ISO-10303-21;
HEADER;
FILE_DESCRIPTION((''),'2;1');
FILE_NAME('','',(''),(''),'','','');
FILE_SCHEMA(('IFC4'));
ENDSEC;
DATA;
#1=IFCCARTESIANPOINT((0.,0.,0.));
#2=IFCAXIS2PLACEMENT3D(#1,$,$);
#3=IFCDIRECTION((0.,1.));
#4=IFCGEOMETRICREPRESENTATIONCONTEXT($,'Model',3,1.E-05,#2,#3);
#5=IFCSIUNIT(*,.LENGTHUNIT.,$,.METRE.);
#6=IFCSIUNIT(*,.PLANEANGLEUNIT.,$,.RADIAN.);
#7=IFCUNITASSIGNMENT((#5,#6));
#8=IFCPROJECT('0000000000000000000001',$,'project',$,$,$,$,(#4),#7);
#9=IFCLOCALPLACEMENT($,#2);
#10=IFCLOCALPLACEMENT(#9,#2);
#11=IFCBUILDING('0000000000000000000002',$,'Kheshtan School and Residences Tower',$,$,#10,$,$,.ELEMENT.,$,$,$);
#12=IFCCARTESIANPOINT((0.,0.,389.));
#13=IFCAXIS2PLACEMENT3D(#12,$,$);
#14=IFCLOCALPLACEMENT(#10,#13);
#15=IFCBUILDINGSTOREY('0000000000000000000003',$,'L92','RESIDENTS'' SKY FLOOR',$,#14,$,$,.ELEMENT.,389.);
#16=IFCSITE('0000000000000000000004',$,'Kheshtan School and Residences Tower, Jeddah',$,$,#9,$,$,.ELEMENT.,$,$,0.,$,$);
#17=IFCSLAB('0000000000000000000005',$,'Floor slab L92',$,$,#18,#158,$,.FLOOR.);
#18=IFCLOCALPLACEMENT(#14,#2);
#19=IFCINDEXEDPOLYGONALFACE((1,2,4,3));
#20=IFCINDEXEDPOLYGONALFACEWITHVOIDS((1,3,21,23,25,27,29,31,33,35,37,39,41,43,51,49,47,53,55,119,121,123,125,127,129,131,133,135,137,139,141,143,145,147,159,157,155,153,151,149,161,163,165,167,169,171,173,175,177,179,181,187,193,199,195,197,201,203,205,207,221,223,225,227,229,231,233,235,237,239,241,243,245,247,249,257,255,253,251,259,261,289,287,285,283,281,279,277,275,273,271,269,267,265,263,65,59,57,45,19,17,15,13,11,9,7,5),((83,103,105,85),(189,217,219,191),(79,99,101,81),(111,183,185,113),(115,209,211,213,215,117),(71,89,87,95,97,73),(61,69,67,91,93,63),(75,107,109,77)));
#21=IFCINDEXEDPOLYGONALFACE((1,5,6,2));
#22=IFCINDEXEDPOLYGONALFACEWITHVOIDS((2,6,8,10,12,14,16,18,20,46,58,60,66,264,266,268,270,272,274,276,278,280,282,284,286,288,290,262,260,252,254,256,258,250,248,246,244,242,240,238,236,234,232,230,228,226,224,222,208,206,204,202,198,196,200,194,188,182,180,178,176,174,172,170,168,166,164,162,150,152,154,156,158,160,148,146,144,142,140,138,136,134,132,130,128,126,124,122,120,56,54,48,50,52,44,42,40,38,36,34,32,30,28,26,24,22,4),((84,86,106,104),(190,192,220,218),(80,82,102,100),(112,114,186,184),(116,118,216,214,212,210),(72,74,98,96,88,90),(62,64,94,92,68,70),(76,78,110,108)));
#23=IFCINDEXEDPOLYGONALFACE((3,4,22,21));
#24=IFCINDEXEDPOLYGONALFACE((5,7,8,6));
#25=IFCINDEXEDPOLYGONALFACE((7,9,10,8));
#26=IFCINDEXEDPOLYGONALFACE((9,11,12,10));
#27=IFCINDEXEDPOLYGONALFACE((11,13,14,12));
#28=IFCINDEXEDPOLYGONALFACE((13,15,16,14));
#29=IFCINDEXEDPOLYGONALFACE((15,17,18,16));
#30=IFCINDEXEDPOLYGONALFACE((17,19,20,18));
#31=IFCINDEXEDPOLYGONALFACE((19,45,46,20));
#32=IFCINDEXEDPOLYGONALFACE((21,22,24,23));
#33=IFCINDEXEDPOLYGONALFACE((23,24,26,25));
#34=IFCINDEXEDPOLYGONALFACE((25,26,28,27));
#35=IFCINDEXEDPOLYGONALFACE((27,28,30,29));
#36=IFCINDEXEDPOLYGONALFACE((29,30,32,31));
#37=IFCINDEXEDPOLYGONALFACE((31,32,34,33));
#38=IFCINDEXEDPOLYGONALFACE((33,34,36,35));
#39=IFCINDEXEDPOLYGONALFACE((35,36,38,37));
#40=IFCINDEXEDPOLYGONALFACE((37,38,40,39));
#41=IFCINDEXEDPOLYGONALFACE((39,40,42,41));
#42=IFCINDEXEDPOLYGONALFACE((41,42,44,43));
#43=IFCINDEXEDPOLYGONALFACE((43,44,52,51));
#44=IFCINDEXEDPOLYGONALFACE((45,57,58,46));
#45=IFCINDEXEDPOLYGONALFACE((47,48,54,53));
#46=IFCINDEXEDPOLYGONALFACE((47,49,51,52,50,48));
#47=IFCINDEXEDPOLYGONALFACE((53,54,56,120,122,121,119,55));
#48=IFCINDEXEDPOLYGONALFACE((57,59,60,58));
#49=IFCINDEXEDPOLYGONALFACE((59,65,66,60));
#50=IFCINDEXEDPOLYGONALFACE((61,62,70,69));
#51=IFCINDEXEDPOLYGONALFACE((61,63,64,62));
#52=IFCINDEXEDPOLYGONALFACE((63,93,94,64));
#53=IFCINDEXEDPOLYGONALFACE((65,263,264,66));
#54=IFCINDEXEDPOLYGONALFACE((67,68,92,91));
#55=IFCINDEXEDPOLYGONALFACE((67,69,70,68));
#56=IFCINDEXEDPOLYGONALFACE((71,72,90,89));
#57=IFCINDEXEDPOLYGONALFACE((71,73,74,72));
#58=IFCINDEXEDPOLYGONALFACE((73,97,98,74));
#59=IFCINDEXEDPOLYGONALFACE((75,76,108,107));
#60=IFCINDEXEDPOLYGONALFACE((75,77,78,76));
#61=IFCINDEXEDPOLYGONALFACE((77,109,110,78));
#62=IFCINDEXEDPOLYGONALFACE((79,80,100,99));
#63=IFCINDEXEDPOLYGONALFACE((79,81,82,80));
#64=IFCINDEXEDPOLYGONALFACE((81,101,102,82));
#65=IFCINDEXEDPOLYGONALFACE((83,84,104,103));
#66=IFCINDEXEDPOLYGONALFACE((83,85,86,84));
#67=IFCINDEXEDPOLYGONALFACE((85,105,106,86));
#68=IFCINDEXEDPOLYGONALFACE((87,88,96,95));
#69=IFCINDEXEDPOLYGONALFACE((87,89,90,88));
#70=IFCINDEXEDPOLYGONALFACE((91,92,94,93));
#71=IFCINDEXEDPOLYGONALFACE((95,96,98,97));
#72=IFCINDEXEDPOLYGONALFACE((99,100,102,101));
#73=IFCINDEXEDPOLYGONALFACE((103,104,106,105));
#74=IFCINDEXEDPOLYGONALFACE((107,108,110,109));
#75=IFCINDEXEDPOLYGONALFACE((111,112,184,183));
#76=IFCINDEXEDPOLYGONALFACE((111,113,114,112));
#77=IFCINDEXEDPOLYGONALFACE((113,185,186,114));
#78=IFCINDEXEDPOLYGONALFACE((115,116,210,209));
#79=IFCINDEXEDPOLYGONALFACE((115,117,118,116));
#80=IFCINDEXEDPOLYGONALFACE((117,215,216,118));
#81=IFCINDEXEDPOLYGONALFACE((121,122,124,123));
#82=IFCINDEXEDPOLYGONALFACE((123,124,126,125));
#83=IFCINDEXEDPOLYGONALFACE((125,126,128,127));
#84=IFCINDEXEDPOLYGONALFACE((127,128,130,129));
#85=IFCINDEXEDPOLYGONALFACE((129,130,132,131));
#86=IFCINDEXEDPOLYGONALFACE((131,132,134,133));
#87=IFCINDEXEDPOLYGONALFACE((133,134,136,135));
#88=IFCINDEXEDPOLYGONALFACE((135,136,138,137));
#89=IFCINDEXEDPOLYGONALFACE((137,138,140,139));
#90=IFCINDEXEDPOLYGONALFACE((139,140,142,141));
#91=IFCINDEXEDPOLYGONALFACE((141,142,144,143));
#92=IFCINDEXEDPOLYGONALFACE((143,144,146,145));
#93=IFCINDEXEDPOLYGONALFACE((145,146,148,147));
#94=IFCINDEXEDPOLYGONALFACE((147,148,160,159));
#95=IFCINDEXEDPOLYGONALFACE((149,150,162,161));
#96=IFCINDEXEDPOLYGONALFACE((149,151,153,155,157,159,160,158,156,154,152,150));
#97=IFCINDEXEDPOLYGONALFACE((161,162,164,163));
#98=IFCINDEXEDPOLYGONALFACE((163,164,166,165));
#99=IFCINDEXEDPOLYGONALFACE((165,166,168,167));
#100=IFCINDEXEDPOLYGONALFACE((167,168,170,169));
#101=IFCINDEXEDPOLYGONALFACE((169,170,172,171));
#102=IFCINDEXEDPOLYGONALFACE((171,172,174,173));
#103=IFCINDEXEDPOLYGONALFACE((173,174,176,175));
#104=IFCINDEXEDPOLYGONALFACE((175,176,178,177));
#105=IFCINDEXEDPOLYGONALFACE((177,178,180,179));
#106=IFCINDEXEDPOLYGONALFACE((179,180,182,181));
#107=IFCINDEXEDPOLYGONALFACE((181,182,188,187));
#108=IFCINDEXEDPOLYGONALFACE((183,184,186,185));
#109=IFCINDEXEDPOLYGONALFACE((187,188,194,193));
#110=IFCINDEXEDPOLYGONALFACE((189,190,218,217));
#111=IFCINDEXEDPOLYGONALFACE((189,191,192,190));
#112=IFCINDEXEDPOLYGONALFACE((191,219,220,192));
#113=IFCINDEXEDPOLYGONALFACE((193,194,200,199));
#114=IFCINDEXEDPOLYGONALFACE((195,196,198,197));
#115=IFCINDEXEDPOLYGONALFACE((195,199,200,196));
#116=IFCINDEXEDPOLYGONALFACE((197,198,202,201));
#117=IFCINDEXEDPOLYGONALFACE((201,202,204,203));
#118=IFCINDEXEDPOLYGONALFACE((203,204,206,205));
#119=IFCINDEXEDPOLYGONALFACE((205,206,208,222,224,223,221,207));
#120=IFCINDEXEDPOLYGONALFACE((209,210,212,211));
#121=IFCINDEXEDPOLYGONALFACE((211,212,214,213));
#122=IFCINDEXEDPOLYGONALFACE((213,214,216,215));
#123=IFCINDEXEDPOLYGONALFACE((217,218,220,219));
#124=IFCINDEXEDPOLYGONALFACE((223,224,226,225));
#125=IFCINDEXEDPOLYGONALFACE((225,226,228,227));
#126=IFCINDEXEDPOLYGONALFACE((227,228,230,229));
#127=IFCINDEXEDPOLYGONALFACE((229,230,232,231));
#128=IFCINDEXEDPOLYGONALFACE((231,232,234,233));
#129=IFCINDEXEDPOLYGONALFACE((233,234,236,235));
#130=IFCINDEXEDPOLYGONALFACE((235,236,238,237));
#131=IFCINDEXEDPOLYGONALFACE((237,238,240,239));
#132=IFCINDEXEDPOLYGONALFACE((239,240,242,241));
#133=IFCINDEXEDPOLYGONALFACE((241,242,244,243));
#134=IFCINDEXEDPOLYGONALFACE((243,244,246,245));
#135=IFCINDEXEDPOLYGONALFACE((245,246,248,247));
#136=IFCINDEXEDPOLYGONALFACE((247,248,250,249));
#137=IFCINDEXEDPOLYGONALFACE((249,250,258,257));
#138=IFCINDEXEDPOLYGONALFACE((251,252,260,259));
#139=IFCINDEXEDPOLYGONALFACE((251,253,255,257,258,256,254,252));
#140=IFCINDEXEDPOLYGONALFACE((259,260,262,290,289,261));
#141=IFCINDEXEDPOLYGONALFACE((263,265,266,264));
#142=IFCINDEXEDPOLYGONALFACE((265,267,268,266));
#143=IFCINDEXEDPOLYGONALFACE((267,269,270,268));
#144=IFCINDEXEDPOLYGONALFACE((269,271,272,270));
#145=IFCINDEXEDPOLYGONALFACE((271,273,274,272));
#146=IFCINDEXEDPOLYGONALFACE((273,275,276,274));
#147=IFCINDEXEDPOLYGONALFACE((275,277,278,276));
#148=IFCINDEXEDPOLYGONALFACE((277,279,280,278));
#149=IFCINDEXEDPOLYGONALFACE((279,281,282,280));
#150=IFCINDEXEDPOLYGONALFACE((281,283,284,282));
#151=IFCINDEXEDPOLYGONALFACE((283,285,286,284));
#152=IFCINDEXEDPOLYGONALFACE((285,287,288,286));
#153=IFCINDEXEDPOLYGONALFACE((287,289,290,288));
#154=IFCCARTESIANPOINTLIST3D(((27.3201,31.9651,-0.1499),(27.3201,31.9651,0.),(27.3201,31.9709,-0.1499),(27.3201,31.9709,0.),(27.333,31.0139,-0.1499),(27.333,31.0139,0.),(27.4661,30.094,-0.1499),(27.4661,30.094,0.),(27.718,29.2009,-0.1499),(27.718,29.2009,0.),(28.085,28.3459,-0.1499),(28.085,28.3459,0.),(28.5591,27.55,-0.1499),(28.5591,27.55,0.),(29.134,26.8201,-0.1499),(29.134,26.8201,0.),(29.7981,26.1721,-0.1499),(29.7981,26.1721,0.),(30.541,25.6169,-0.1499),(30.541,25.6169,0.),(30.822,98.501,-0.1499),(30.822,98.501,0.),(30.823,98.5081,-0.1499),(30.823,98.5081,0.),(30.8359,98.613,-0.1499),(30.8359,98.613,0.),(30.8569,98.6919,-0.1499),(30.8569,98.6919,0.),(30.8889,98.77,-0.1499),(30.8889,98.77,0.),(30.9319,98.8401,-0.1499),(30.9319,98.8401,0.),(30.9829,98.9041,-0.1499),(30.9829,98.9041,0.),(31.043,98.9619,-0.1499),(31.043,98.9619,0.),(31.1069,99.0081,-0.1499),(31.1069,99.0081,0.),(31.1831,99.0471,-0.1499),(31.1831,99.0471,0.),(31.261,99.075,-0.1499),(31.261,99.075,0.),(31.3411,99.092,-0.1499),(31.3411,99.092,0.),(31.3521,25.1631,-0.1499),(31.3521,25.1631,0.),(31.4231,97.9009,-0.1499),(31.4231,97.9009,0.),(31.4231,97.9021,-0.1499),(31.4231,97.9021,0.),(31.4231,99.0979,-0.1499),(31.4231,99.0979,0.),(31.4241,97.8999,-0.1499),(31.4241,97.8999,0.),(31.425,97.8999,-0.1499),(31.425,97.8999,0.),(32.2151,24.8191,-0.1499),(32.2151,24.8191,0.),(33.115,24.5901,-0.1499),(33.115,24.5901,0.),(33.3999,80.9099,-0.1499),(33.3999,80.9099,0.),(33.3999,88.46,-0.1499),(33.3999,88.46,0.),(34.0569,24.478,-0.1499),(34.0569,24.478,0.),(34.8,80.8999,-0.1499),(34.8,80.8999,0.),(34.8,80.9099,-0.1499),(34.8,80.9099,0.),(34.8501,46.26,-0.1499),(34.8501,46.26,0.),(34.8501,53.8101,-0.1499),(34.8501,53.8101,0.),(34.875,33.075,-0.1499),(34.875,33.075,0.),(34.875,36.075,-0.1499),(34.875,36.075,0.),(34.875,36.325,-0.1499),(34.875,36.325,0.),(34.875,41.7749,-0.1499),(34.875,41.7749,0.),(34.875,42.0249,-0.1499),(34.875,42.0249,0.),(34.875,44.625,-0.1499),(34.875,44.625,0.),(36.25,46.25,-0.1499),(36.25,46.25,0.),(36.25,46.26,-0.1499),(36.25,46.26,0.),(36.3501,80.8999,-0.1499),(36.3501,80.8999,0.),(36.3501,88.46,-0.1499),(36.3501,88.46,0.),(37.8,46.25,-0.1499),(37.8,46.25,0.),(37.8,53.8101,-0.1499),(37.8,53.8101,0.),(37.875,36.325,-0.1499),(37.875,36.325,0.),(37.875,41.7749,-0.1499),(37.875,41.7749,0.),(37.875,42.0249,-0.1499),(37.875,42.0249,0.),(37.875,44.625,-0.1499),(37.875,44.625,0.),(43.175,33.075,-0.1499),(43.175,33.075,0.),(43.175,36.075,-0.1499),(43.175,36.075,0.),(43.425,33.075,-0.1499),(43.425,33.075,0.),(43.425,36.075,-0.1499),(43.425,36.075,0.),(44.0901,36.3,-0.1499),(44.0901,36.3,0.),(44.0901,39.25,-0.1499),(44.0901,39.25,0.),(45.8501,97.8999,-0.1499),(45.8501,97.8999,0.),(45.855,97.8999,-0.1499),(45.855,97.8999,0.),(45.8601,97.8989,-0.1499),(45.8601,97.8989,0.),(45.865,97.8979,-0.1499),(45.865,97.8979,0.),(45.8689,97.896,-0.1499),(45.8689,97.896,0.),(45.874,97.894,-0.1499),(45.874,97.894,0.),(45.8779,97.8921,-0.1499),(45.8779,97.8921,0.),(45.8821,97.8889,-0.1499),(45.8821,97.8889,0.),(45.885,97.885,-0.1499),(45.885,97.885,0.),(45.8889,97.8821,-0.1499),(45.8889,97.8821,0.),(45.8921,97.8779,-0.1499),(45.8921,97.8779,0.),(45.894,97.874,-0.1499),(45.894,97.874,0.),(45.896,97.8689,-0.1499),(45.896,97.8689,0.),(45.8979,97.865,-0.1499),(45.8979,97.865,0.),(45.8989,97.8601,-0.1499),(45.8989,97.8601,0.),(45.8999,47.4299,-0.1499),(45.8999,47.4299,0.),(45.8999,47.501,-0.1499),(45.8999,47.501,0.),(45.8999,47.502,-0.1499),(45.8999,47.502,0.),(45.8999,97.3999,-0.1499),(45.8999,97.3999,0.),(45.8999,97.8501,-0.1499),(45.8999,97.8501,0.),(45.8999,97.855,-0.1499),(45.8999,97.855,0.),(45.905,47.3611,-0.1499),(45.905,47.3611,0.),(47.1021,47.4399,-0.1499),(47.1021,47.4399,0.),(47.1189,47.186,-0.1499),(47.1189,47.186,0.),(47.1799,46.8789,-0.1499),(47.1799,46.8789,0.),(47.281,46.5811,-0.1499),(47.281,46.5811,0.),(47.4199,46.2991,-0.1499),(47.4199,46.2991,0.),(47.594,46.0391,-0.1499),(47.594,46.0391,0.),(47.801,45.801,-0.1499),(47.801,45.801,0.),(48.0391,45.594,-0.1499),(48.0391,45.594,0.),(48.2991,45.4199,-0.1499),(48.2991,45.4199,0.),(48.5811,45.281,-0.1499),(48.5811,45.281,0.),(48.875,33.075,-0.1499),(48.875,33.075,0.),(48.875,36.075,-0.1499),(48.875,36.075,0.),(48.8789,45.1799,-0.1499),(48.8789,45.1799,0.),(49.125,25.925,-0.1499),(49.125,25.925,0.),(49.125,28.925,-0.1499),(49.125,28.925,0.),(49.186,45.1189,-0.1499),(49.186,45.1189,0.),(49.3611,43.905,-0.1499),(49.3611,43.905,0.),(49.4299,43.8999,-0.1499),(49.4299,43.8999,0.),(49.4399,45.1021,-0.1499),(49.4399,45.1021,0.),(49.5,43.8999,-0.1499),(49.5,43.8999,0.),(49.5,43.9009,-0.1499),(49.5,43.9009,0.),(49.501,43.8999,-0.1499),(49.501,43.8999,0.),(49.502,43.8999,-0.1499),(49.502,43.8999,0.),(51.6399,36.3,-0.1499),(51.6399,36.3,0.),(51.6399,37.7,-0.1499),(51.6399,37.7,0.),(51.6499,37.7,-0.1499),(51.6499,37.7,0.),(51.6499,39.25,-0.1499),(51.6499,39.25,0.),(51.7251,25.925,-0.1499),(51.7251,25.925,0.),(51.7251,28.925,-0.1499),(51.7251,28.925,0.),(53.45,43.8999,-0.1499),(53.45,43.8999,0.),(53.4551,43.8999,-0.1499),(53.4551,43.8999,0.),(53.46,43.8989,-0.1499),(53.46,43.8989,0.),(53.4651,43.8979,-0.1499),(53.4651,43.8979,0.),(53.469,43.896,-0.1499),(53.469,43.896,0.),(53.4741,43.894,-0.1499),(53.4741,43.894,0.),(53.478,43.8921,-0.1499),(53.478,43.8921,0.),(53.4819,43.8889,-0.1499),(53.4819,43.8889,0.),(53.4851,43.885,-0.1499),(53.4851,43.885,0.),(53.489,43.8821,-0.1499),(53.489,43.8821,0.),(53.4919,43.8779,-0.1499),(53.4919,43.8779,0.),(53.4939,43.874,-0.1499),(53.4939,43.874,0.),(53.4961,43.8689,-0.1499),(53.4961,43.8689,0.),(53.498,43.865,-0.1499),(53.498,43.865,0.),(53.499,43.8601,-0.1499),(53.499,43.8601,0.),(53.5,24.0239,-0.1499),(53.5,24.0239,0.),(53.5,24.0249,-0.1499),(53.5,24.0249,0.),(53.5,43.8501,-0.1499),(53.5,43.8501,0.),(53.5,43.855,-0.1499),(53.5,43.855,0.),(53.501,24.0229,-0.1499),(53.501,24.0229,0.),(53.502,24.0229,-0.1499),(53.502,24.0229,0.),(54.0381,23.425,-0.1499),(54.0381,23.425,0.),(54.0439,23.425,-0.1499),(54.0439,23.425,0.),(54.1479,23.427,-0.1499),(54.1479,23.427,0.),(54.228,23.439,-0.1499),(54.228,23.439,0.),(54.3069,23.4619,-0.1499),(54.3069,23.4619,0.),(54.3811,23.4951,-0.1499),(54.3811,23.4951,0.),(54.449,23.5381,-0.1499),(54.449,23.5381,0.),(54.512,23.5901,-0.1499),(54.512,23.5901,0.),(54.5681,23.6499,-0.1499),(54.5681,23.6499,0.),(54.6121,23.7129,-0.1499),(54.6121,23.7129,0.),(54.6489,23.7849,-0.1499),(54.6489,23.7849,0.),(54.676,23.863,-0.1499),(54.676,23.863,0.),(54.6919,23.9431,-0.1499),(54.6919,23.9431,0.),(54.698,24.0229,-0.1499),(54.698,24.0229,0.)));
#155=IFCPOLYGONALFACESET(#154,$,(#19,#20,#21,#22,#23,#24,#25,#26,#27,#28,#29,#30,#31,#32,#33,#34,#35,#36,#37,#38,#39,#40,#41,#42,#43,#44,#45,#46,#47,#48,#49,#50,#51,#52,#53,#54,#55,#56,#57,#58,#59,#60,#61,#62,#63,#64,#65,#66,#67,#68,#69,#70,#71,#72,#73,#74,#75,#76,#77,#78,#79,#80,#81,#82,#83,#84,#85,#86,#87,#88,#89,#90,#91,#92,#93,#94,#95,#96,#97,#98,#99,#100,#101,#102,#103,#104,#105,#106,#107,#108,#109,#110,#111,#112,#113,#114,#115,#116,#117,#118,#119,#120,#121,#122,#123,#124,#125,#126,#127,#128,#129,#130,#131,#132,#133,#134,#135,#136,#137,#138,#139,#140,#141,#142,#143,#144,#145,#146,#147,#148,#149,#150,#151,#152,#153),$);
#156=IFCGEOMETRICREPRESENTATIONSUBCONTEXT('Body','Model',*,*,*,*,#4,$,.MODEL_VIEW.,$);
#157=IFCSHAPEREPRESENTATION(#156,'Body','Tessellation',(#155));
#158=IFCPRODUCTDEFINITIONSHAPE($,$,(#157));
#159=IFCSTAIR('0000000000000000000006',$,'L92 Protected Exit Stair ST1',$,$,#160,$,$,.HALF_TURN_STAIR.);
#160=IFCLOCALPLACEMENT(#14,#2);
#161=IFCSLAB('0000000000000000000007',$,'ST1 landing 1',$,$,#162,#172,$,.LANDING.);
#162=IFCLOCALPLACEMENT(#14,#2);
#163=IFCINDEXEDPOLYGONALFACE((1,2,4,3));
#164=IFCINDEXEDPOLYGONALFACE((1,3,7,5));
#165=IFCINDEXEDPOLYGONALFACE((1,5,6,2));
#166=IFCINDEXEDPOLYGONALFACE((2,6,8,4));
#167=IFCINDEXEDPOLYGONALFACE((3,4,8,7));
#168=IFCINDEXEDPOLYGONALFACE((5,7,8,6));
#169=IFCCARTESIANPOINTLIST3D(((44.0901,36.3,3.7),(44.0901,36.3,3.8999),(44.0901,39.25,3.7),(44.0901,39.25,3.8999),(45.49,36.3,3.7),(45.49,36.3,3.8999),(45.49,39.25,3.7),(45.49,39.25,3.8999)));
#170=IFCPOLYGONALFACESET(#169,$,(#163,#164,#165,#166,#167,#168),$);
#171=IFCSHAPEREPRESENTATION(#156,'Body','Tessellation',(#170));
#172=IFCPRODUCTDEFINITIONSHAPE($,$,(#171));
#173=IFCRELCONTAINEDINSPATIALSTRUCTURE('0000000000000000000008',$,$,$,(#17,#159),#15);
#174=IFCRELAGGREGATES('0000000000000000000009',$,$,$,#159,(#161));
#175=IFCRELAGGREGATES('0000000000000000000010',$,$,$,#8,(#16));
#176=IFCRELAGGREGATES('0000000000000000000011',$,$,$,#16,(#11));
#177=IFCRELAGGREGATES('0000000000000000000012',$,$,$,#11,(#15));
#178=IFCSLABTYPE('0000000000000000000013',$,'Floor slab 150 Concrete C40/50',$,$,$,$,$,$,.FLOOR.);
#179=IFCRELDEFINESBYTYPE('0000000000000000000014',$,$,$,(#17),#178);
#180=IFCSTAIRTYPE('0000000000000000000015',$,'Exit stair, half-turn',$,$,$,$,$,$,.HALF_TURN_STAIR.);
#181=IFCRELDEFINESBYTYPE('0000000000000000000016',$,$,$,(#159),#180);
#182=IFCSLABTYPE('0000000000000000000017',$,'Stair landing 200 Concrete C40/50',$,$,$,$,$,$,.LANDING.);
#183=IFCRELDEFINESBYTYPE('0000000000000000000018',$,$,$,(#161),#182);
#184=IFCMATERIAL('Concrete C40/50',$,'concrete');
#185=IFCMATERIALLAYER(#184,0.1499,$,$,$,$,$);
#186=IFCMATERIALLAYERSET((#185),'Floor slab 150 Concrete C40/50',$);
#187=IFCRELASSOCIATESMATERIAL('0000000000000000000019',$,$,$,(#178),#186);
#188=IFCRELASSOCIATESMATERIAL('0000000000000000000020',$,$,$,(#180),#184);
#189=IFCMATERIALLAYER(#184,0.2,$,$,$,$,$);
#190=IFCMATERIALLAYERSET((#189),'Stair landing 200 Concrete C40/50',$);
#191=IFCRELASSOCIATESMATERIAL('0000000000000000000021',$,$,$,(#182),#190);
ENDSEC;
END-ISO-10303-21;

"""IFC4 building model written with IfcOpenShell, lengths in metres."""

from ifc_helpers import new_model, si_unit, direction, frame, origin, place, context, subcontext, project, spatial, polyline, outline, extrude, material, layer, layer_set, type_object, element, aggregate, save


model = new_model("IFC4")

# Units and contexts
model_context = context("Model", 3, precision=1e-05, world=origin(), true_north=direction((0.0, 1.0)))
body_context = subcontext(model_context, "Body", "Model", "MODEL_VIEW")
ifc_project = project(units=[si_unit("LENGTHUNIT", "METRE"), si_unit("PLANEANGLEUNIT", "RADIAN")], contexts=[model_context])

# Site, building, storey
site_placement = place(None, origin())
site = spatial("IfcSite", under=ifc_project, at=site_placement, Name="Kheshtan School and Residences Tower, Jeddah", CompositionType="ELEMENT", RefElevation=0.0)
building_placement = place(site_placement, origin())
building = spatial("IfcBuilding", under=site, at=building_placement, Name="Kheshtan School and Residences Tower", CompositionType="ELEMENT")
storey_placement = place(building_placement, frame((0.0, 0.0, 389.0)))
storey = spatial("IfcBuildingStorey", under=building, at=storey_placement, Name="L92", Description="RESIDENTS' SKY FLOOR", CompositionType="ELEMENT", Elevation=389.0)

# Slab
ifc_material_1 = material(Name="Concrete C40/50", Category="concrete")
ifc_layer_1 = layer(ifc_material_1, 0.1499)
ifc_layer_set_1 = layer_set([ifc_layer_1], Name="Floor slab 150 Concrete C40/50")
slab_type_1 = type_object("IfcSlabType", Name="Floor slab 150 Concrete C40/50", PredefinedType="FLOOR", material=ifc_layer_set_1)
slab_1_placement = place(storey_placement, frame((0.0, 0.0, -0.1499)))
element("IfcSlab", 1, at=slab_1_placement, inside=storey, type_object=slab_type_1, Name="Floor slab L92", PredefinedType="FLOOR", context=body_context, shape_type="SweptSolid", body=[
    extrude(outline(polyline([(30.8569, 98.6919), (30.8889, 98.77), (30.9319, 98.8401), (30.9829, 98.9041), (31.043, 98.9619), (31.1069, 99.0081), (31.1831, 99.0471), (31.261, 99.075), (31.3411, 99.092), (31.4231, 99.0979), (31.4231, 97.9021), (31.4231, 97.9009), (31.4241, 97.8999), (31.425, 97.8999), (45.8501, 97.8999), (45.855, 97.8999), (45.8601, 97.8989), (45.865, 97.8979), (45.8689, 97.896), (45.874, 97.894), (45.8779, 97.8921), (45.8821, 97.8889), (45.885, 97.885), (45.8889, 97.8821), (45.8921, 97.8779), (45.894, 97.874), (45.896, 97.8689), (45.8979, 97.865), (45.8989, 97.8601), (45.8999, 97.855), (45.8999, 97.8501), (45.8999, 97.3999), (45.8999, 47.502), (45.8999, 47.501), (45.8999, 47.4299), (45.905, 47.3611), (47.1021, 47.4399), (47.1189, 47.186), (47.1799, 46.8789), (47.281, 46.5811), (47.4199, 46.2991), (47.594, 46.0391), (47.801, 45.801), (48.0391, 45.594), (48.2991, 45.4199), (48.5811, 45.281), (48.8789, 45.1799), (49.186, 45.1189), (49.4399, 45.1021), (49.3611, 43.905), (49.4299, 43.8999), (49.5, 43.8999), (49.5, 43.9009), (49.501, 43.8999), (49.502, 43.8999), (53.45, 43.8999), (53.4551, 43.8999), (53.46, 43.8989), (53.4651, 43.8979), (53.469, 43.896), (53.4741, 43.894), (53.478, 43.8921), (53.4819, 43.8889), (53.4851, 43.885), (53.489, 43.8821), (53.4919, 43.8779), (53.4939, 43.874), (53.4961, 43.8689), (53.498, 43.865), (53.499, 43.8601), (53.5, 43.855), (53.5, 43.8501), (53.5, 24.0249), (53.5, 24.0239), (53.501, 24.0229), (53.502, 24.0229), (54.698, 24.0229), (54.6919, 23.9431), (54.676, 23.863), (54.6489, 23.7849), (54.6121, 23.7129), (54.5681, 23.6499), (54.512, 23.5901), (54.449, 23.5381), (54.3811, 23.4951), (54.3069, 23.4619), (54.228, 23.439), (54.1479, 23.427), (54.0439, 23.425), (54.0381, 23.425), (34.0569, 24.478), (33.115, 24.5901), (32.2151, 24.8191), (31.3521, 25.1631), (30.541, 25.6169), (29.7981, 26.1721), (29.134, 26.8201), (28.5591, 27.55), (28.085, 28.3459), (27.718, 29.2009), (27.4661, 30.094), (27.333, 31.0139), (27.3201, 31.9651), (27.3201, 31.9709), (30.822, 98.501), (30.823, 98.5081), (30.8359, 98.613), (30.8569, 98.6919)]), holes=[polyline([(51.7251, 28.925), (49.125, 28.925), (49.125, 25.925), (51.7251, 25.925), (51.7251, 28.925)]), polyline([(43.175, 33.075), (43.175, 36.075), (34.875, 36.075), (34.875, 33.075), (43.175, 33.075)]), polyline([(43.425, 36.075), (43.425, 33.075), (48.875, 33.075), (48.875, 36.075), (43.425, 36.075)]), polyline([(51.6499, 37.7), (51.6499, 39.25), (44.0901, 39.25), (44.0901, 36.3), (51.6399, 36.3), (51.6399, 37.7), (51.6499, 37.7)]), polyline([(37.875, 41.7749), (34.875, 41.7749), (34.875, 36.325), (37.875, 36.325), (37.875, 41.7749)]), polyline([(37.875, 44.625), (34.875, 44.625), (34.875, 42.0249), (37.875, 42.0249), (37.875, 44.625)]), polyline([(37.8, 53.8101), (34.8501, 53.8101), (34.8501, 46.26), (36.25, 46.26), (36.25, 46.25), (37.8, 46.25), (37.8, 53.8101)]), polyline([(36.3501, 88.46), (33.3999, 88.46), (33.3999, 80.9099), (34.8, 80.9099), (34.8, 80.8999), (36.3501, 80.8999), (36.3501, 88.46)])]), origin(), (0.0, 0.0, 1.0), 0.1499),
])

# Stair, slab
stair_type = type_object("IfcStairType", Name="Exit stair, half-turn", PredefinedType="HALF_TURN_STAIR", material=ifc_material_1)
stair_1_placement = place(storey_placement, origin())
stair_1 = element("IfcStair", 2, at=stair_1_placement, inside=storey, type_object=stair_type, Name="L92 Protected Exit Stair ST1", PredefinedType="HALF_TURN_STAIR")
ifc_layer_2 = layer(ifc_material_1, 0.2)
ifc_layer_set_2 = layer_set([ifc_layer_2], Name="Stair landing 200 Concrete C40/50")
slab_type_2 = type_object("IfcSlabType", Name="Stair landing 200 Concrete C40/50", PredefinedType="LANDING", material=ifc_layer_set_2)
slab_2_placement = place(storey_placement, frame((0.0, 0.0, 3.7)))
slab_2 = element("IfcSlab", 3, at=slab_2_placement, type_object=slab_type_2, Name="ST1 landing 1", PredefinedType="LANDING", context=body_context, shape_type="SweptSolid", body=[
    extrude(outline(polyline([(45.49, 39.25), (44.0901, 39.25), (44.0901, 36.3), (45.49, 36.3), (45.49, 39.25)])), origin(), (0.0, 0.0, 1.0), 0.2),
])
aggregate(stair_1, [slab_2])

save(model, "model.ifc")
